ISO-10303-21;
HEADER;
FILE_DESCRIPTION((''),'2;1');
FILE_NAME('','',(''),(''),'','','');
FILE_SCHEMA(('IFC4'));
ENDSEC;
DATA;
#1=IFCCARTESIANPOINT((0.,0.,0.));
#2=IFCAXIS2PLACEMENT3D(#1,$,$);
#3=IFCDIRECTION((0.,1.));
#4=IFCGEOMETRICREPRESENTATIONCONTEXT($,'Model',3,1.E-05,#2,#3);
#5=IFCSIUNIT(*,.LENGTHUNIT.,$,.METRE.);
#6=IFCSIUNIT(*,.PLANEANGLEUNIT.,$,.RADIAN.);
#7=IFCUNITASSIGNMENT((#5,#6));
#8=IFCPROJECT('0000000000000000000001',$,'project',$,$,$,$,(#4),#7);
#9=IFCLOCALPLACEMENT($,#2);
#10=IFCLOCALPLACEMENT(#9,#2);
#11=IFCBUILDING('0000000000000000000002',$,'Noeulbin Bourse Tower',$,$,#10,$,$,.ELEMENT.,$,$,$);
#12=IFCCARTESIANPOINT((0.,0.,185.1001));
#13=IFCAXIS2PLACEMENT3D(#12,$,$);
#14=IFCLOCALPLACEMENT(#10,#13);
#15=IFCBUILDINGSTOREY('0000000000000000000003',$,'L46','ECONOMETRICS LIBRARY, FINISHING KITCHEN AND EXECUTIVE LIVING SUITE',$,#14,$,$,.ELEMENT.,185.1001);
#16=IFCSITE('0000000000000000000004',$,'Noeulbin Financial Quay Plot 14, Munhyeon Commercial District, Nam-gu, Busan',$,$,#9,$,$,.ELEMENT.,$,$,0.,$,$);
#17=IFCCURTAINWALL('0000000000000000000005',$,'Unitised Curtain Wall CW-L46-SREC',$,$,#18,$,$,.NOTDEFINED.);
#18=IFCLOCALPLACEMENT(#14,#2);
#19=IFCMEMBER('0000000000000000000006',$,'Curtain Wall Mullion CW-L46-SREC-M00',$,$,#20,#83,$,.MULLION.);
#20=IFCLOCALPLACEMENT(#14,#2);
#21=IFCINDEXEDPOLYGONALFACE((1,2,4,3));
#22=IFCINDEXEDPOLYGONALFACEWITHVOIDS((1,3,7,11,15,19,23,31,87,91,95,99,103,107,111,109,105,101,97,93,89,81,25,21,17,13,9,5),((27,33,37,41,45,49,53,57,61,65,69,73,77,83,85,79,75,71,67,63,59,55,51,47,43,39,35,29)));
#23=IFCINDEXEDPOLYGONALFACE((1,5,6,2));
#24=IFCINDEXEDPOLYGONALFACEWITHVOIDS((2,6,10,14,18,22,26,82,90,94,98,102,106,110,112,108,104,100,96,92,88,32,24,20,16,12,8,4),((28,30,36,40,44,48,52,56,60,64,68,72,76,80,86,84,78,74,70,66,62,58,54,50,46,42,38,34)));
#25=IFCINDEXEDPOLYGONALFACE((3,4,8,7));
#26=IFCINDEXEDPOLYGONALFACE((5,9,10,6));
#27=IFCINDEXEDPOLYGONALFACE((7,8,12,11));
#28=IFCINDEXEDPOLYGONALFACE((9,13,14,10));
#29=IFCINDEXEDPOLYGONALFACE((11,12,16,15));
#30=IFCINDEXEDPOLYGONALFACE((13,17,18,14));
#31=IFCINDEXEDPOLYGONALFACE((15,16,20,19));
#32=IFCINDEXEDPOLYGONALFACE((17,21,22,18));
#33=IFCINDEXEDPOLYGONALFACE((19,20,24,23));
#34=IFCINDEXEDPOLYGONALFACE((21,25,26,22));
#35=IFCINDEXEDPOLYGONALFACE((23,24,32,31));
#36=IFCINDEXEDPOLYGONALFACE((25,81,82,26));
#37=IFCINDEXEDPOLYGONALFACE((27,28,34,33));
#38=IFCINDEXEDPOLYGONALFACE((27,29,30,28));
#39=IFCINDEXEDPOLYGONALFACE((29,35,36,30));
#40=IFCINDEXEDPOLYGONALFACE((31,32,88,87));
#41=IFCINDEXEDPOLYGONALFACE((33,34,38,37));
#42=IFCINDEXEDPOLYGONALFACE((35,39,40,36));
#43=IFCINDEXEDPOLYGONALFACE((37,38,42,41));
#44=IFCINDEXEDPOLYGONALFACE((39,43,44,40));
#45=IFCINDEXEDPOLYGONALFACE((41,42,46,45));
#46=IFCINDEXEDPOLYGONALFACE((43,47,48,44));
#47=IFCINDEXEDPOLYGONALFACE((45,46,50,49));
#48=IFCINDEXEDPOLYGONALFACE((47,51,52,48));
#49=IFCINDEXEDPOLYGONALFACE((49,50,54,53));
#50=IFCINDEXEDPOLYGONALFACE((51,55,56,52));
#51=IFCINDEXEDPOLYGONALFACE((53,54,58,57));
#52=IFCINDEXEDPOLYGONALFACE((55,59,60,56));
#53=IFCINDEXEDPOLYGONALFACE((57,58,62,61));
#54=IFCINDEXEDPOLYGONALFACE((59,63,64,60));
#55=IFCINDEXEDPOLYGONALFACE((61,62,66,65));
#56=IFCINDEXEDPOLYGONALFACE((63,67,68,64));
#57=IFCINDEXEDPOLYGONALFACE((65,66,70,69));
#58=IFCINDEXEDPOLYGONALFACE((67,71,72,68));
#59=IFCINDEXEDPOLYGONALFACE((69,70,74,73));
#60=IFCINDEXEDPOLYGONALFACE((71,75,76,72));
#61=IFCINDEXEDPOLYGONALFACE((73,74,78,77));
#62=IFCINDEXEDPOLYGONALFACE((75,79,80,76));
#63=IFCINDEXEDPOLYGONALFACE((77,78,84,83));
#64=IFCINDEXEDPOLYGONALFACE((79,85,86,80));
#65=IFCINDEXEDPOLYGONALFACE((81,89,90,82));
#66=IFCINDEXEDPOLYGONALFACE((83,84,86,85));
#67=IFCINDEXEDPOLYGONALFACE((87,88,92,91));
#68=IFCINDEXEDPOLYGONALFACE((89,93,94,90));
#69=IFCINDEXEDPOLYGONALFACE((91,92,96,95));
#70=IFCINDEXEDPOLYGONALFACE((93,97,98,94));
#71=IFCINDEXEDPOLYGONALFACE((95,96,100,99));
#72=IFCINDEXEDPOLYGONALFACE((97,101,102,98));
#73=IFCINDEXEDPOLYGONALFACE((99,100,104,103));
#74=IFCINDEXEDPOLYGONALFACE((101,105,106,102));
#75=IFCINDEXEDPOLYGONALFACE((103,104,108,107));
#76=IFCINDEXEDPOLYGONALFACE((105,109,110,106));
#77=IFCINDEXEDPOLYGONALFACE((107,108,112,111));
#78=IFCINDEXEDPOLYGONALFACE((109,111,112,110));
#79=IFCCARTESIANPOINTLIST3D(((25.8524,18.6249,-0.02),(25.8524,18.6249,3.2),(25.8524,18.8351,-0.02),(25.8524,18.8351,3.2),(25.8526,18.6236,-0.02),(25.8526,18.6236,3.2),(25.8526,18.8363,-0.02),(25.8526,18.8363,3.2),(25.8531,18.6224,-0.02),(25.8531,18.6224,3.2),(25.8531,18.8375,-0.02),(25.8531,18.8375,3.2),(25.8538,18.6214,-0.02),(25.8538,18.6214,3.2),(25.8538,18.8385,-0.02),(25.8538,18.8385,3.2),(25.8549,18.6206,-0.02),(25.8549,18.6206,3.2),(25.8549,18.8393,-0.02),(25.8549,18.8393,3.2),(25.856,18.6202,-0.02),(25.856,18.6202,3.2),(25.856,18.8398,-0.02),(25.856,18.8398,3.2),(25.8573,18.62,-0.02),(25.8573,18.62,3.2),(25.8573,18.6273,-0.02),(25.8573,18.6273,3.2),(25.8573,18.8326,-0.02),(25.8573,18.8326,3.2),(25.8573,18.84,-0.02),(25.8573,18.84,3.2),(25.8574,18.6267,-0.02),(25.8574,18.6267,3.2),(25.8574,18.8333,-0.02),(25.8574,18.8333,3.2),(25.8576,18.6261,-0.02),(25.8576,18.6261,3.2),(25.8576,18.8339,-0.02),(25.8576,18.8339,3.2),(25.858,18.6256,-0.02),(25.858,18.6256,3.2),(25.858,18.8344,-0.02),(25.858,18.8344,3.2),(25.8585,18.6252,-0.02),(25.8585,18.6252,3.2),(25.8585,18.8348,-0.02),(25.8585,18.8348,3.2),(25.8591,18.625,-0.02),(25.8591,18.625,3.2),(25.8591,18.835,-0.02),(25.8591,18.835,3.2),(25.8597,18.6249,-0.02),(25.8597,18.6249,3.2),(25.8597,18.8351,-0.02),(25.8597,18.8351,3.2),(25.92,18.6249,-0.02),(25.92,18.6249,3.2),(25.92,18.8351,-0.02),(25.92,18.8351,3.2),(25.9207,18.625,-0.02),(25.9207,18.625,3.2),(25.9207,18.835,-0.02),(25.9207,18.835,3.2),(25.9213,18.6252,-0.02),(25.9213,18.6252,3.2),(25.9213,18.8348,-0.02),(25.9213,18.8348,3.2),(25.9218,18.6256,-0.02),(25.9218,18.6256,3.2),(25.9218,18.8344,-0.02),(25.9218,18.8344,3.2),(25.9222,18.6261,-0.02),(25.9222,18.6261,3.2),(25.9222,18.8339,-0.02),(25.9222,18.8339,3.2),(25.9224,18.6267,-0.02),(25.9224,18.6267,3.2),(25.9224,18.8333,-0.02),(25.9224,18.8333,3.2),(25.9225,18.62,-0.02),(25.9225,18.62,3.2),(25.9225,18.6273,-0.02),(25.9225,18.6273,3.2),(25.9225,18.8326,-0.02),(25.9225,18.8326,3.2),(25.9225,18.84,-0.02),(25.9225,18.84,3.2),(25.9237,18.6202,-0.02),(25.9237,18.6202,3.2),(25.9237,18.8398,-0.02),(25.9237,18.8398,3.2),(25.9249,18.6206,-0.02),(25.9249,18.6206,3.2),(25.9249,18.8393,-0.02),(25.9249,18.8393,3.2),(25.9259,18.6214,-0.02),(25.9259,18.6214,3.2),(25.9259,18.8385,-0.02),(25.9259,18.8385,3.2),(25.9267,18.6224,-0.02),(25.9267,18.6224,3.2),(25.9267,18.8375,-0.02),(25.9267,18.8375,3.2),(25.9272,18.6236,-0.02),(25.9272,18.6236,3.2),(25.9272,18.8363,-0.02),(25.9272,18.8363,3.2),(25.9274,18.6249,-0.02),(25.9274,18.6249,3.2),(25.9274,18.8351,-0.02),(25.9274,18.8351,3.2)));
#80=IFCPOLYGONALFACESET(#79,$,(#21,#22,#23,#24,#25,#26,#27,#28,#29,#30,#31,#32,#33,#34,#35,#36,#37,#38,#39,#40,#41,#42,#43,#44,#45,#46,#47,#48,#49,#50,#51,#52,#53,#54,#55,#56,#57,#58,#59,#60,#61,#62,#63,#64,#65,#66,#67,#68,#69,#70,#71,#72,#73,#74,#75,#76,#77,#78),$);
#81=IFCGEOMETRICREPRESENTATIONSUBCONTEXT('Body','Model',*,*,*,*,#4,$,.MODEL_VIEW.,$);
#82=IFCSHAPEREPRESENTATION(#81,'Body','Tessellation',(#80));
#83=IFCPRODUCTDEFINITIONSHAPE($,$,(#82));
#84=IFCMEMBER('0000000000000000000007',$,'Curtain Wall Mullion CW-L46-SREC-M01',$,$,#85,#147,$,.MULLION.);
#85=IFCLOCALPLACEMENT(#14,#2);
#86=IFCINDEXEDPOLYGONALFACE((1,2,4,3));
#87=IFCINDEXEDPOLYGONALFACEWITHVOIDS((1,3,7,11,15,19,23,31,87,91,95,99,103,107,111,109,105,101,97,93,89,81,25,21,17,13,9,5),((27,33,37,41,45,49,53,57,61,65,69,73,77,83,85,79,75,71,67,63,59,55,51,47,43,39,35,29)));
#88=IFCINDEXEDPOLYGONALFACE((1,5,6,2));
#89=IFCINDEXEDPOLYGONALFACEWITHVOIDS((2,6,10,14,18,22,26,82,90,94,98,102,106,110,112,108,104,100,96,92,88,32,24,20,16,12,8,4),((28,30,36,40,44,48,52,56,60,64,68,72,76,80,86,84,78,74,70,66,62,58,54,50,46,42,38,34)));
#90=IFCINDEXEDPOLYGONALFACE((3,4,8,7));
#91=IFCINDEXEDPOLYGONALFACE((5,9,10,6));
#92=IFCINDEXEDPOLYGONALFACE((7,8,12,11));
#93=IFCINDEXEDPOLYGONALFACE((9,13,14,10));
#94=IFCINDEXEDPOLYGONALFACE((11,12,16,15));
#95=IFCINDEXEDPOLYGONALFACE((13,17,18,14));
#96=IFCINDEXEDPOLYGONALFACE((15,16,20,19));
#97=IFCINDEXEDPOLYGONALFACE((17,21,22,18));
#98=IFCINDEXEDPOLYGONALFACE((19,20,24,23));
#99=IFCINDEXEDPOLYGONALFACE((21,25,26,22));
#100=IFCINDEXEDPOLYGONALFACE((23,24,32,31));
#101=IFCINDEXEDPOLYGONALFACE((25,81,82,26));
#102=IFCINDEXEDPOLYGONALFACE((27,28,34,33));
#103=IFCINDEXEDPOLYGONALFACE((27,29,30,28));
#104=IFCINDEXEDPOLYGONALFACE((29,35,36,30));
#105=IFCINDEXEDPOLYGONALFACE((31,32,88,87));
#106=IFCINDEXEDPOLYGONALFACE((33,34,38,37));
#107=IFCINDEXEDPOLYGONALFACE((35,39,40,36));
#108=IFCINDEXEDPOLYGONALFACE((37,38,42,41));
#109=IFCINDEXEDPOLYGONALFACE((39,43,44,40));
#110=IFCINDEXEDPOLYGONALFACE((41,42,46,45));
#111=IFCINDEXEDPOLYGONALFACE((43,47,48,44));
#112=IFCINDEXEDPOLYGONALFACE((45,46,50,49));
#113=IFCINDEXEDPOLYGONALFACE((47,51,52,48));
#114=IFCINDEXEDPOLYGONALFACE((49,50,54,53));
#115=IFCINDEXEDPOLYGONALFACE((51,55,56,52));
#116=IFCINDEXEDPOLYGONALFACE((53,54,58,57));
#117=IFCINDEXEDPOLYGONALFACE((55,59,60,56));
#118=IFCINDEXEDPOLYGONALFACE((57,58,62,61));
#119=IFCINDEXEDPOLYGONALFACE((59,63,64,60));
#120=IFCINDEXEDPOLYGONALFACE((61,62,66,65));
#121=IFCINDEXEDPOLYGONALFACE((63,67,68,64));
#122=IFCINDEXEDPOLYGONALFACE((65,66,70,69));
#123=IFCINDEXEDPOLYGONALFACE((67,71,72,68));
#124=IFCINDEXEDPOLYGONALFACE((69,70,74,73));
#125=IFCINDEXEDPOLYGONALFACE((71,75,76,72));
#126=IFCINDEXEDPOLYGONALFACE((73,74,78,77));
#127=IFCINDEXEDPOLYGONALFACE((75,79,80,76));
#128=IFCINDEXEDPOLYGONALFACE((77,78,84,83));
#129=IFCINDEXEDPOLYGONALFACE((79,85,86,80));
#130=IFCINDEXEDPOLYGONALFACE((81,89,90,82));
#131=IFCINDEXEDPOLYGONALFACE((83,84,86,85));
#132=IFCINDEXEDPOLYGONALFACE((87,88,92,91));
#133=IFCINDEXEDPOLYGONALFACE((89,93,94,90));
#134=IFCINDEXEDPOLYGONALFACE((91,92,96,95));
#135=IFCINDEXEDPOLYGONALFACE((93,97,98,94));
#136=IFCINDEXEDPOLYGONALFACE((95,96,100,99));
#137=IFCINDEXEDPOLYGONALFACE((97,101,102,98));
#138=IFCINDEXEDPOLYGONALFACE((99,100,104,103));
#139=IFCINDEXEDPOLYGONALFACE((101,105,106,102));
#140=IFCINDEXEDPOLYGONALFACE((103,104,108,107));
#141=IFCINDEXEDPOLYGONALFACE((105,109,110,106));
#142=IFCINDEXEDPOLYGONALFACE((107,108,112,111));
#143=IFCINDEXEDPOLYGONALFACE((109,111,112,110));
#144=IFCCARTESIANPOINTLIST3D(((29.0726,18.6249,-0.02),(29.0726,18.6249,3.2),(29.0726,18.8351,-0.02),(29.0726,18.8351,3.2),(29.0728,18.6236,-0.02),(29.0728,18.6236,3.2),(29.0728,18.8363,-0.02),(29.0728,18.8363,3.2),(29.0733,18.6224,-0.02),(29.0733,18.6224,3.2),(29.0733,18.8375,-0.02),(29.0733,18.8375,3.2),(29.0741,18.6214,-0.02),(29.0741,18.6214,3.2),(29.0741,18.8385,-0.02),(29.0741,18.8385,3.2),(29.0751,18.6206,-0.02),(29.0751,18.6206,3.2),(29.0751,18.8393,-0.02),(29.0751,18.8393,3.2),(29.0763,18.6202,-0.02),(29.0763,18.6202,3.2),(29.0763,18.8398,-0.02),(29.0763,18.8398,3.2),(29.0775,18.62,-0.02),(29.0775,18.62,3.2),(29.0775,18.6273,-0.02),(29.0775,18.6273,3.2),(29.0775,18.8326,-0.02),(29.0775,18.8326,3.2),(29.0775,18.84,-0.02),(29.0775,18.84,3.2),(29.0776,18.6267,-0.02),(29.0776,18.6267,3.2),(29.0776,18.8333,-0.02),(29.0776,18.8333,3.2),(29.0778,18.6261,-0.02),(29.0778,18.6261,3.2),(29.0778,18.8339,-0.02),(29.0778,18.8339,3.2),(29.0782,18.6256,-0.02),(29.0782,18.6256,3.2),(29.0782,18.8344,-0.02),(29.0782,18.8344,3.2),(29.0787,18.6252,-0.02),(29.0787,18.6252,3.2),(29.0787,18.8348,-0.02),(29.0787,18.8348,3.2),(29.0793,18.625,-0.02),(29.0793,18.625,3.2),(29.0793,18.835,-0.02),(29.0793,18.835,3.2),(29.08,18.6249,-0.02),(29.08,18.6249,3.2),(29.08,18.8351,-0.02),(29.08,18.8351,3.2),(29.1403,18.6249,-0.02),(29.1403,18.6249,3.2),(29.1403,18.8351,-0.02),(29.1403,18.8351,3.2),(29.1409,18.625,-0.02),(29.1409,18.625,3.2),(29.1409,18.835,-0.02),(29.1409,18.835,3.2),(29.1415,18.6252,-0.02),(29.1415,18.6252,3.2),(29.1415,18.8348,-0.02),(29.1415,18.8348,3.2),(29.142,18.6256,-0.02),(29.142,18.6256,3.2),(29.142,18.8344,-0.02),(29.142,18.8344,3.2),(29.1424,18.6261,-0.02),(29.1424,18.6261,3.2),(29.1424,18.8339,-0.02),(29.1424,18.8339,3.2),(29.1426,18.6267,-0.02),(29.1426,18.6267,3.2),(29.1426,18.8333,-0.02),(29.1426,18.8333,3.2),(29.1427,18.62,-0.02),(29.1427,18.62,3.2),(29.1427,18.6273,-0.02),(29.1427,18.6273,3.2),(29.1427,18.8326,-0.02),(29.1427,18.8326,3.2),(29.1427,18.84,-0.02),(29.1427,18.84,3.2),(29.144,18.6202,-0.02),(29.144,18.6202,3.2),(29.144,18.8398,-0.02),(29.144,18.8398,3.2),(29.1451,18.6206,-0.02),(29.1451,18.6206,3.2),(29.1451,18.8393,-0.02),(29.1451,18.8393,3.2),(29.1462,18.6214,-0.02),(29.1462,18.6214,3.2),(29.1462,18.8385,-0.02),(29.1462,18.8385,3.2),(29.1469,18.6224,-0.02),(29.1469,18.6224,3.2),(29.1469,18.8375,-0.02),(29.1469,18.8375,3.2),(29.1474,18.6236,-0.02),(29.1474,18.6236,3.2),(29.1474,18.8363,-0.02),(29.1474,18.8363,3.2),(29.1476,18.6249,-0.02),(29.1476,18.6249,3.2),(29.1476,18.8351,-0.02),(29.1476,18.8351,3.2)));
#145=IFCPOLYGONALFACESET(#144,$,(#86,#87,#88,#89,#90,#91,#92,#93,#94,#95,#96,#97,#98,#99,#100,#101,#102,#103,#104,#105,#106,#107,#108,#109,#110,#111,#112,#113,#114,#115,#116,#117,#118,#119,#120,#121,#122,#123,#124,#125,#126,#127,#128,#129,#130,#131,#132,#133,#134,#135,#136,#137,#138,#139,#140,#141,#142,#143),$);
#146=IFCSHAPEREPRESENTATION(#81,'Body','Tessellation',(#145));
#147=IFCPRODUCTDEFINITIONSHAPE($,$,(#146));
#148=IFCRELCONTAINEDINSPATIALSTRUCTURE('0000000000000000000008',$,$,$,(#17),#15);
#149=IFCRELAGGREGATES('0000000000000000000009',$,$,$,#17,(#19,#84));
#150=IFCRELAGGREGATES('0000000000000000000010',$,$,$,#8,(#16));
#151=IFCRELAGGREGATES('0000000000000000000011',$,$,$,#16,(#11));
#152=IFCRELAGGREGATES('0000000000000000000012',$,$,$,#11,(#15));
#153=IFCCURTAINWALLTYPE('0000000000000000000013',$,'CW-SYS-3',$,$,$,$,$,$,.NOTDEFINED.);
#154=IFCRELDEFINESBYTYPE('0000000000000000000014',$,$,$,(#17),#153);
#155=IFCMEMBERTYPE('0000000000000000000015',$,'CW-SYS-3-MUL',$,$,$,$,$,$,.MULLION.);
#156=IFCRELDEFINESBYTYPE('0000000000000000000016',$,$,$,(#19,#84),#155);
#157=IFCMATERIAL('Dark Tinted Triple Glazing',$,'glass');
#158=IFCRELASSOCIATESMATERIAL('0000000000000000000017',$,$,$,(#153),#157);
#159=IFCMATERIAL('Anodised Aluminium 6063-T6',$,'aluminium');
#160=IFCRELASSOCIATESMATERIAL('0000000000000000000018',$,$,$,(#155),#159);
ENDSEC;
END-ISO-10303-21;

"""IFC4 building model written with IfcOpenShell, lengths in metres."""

from ifc_helpers import new_model, si_unit, direction, frame, origin, origin_2d, place, context, subcontext, project, spatial, hollow_rectangle, extrude, material, material_profile, profile_set, type_object, element, aggregate, save


model = new_model("IFC4")

# Units and contexts
model_context = context("Model", 3, precision=1e-05, world=origin(), true_north=direction((0.0, 1.0)))
body_context = subcontext(model_context, "Body", "Model", "MODEL_VIEW")
ifc_project = project(units=[si_unit("LENGTHUNIT", "METRE"), si_unit("PLANEANGLEUNIT", "RADIAN")], contexts=[model_context])

# Site, building, storey
site_placement = place(None, origin())
site = spatial("IfcSite", under=ifc_project, at=site_placement, Name="Noeulbin Financial Quay Plot 14, Munhyeon Commercial District, Nam-gu, Busan", CompositionType="ELEMENT", RefElevation=0.0)
building_placement = place(site_placement, origin())
building = spatial("IfcBuilding", under=site, at=building_placement, Name="Noeulbin Bourse Tower", CompositionType="ELEMENT")
storey_placement = place(building_placement, frame((0.0, 0.0, 185.1001)))
storey = spatial("IfcBuildingStorey", under=building, at=storey_placement, Name="L46", Description="ECONOMETRICS LIBRARY, FINISHING KITCHEN AND EXECUTIVE LIVING SUITE", CompositionType="ELEMENT", Elevation=185.1001)

# Curtain wall, members
ifc_material_1 = material(Name="Dark Tinted Triple Glazing", Category="glass")
curtain_wall_type = type_object("IfcCurtainWallType", Name="CW-SYS-3", PredefinedType="NOTDEFINED", material=ifc_material_1)
curtain_wall_1_placement = place(storey_placement, origin())
curtain_wall_1 = element("IfcCurtainWall", 1, at=curtain_wall_1_placement, inside=storey, type_object=curtain_wall_type, Name="Unitised Curtain Wall CW-L46-SREC", PredefinedType="NOTDEFINED")
ifc_material_2 = material(Name="Anodised Aluminium 6063-T6", Category="aluminium")
ifc_material_profile_1 = material_profile(ifc_material_2, hollow_rectangle(XDim=0.075, YDim=0.22, WallThickness=0.0049, InnerFilletRadius=0.0024, OuterFilletRadius=0.0049, at=origin_2d()), Name="ALU-MULL-75x220x5", Category="LoadBearing")
ifc_profile_set_1 = profile_set([ifc_material_profile_1], Name="Anodised Aluminium 6063-T6")
member_type_1 = type_object("IfcMemberType", Name="CW-SYS-3-MUL", PredefinedType="MULLION", material=ifc_profile_set_1)
member_1_placement = place(storey_placement, frame((25.8899, 18.73, -0.02), z_axis=(0.0, 0.0, 1.0), x_axis=(1.0, 0.0, 0.0)))
member_1 = element("IfcMember", 2, at=member_1_placement, type_object=member_type_1, Name="Curtain Wall Mullion CW-L46-SREC-M00", PredefinedType="MULLION", context=body_context, shape_type="SweptSolid", body=[
    extrude(hollow_rectangle(XDim=0.075, YDim=0.22, WallThickness=0.0049, InnerFilletRadius=0.0024, OuterFilletRadius=0.0049, at=origin_2d()), origin(), (0.0, 0.0, 1.0), 3.22),
])
member_2_placement = place(storey_placement, frame((29.1101, 18.73, -0.02), z_axis=(0.0, 0.0, 1.0), x_axis=(1.0, 0.0, 0.0)))
member_2 = element("IfcMember", 3, at=member_2_placement, type_object=member_type_1, Name="Curtain Wall Mullion CW-L46-SREC-M01", PredefinedType="MULLION", context=body_context, shape_type="SweptSolid", body=[
    extrude(hollow_rectangle(XDim=0.075, YDim=0.22, WallThickness=0.0049, InnerFilletRadius=0.0024, OuterFilletRadius=0.0049, at=origin_2d()), origin(), (0.0, 0.0, 1.0), 3.22),
])

aggregate(curtain_wall_1, [member_1, member_2])

save(model, "model.ifc")
